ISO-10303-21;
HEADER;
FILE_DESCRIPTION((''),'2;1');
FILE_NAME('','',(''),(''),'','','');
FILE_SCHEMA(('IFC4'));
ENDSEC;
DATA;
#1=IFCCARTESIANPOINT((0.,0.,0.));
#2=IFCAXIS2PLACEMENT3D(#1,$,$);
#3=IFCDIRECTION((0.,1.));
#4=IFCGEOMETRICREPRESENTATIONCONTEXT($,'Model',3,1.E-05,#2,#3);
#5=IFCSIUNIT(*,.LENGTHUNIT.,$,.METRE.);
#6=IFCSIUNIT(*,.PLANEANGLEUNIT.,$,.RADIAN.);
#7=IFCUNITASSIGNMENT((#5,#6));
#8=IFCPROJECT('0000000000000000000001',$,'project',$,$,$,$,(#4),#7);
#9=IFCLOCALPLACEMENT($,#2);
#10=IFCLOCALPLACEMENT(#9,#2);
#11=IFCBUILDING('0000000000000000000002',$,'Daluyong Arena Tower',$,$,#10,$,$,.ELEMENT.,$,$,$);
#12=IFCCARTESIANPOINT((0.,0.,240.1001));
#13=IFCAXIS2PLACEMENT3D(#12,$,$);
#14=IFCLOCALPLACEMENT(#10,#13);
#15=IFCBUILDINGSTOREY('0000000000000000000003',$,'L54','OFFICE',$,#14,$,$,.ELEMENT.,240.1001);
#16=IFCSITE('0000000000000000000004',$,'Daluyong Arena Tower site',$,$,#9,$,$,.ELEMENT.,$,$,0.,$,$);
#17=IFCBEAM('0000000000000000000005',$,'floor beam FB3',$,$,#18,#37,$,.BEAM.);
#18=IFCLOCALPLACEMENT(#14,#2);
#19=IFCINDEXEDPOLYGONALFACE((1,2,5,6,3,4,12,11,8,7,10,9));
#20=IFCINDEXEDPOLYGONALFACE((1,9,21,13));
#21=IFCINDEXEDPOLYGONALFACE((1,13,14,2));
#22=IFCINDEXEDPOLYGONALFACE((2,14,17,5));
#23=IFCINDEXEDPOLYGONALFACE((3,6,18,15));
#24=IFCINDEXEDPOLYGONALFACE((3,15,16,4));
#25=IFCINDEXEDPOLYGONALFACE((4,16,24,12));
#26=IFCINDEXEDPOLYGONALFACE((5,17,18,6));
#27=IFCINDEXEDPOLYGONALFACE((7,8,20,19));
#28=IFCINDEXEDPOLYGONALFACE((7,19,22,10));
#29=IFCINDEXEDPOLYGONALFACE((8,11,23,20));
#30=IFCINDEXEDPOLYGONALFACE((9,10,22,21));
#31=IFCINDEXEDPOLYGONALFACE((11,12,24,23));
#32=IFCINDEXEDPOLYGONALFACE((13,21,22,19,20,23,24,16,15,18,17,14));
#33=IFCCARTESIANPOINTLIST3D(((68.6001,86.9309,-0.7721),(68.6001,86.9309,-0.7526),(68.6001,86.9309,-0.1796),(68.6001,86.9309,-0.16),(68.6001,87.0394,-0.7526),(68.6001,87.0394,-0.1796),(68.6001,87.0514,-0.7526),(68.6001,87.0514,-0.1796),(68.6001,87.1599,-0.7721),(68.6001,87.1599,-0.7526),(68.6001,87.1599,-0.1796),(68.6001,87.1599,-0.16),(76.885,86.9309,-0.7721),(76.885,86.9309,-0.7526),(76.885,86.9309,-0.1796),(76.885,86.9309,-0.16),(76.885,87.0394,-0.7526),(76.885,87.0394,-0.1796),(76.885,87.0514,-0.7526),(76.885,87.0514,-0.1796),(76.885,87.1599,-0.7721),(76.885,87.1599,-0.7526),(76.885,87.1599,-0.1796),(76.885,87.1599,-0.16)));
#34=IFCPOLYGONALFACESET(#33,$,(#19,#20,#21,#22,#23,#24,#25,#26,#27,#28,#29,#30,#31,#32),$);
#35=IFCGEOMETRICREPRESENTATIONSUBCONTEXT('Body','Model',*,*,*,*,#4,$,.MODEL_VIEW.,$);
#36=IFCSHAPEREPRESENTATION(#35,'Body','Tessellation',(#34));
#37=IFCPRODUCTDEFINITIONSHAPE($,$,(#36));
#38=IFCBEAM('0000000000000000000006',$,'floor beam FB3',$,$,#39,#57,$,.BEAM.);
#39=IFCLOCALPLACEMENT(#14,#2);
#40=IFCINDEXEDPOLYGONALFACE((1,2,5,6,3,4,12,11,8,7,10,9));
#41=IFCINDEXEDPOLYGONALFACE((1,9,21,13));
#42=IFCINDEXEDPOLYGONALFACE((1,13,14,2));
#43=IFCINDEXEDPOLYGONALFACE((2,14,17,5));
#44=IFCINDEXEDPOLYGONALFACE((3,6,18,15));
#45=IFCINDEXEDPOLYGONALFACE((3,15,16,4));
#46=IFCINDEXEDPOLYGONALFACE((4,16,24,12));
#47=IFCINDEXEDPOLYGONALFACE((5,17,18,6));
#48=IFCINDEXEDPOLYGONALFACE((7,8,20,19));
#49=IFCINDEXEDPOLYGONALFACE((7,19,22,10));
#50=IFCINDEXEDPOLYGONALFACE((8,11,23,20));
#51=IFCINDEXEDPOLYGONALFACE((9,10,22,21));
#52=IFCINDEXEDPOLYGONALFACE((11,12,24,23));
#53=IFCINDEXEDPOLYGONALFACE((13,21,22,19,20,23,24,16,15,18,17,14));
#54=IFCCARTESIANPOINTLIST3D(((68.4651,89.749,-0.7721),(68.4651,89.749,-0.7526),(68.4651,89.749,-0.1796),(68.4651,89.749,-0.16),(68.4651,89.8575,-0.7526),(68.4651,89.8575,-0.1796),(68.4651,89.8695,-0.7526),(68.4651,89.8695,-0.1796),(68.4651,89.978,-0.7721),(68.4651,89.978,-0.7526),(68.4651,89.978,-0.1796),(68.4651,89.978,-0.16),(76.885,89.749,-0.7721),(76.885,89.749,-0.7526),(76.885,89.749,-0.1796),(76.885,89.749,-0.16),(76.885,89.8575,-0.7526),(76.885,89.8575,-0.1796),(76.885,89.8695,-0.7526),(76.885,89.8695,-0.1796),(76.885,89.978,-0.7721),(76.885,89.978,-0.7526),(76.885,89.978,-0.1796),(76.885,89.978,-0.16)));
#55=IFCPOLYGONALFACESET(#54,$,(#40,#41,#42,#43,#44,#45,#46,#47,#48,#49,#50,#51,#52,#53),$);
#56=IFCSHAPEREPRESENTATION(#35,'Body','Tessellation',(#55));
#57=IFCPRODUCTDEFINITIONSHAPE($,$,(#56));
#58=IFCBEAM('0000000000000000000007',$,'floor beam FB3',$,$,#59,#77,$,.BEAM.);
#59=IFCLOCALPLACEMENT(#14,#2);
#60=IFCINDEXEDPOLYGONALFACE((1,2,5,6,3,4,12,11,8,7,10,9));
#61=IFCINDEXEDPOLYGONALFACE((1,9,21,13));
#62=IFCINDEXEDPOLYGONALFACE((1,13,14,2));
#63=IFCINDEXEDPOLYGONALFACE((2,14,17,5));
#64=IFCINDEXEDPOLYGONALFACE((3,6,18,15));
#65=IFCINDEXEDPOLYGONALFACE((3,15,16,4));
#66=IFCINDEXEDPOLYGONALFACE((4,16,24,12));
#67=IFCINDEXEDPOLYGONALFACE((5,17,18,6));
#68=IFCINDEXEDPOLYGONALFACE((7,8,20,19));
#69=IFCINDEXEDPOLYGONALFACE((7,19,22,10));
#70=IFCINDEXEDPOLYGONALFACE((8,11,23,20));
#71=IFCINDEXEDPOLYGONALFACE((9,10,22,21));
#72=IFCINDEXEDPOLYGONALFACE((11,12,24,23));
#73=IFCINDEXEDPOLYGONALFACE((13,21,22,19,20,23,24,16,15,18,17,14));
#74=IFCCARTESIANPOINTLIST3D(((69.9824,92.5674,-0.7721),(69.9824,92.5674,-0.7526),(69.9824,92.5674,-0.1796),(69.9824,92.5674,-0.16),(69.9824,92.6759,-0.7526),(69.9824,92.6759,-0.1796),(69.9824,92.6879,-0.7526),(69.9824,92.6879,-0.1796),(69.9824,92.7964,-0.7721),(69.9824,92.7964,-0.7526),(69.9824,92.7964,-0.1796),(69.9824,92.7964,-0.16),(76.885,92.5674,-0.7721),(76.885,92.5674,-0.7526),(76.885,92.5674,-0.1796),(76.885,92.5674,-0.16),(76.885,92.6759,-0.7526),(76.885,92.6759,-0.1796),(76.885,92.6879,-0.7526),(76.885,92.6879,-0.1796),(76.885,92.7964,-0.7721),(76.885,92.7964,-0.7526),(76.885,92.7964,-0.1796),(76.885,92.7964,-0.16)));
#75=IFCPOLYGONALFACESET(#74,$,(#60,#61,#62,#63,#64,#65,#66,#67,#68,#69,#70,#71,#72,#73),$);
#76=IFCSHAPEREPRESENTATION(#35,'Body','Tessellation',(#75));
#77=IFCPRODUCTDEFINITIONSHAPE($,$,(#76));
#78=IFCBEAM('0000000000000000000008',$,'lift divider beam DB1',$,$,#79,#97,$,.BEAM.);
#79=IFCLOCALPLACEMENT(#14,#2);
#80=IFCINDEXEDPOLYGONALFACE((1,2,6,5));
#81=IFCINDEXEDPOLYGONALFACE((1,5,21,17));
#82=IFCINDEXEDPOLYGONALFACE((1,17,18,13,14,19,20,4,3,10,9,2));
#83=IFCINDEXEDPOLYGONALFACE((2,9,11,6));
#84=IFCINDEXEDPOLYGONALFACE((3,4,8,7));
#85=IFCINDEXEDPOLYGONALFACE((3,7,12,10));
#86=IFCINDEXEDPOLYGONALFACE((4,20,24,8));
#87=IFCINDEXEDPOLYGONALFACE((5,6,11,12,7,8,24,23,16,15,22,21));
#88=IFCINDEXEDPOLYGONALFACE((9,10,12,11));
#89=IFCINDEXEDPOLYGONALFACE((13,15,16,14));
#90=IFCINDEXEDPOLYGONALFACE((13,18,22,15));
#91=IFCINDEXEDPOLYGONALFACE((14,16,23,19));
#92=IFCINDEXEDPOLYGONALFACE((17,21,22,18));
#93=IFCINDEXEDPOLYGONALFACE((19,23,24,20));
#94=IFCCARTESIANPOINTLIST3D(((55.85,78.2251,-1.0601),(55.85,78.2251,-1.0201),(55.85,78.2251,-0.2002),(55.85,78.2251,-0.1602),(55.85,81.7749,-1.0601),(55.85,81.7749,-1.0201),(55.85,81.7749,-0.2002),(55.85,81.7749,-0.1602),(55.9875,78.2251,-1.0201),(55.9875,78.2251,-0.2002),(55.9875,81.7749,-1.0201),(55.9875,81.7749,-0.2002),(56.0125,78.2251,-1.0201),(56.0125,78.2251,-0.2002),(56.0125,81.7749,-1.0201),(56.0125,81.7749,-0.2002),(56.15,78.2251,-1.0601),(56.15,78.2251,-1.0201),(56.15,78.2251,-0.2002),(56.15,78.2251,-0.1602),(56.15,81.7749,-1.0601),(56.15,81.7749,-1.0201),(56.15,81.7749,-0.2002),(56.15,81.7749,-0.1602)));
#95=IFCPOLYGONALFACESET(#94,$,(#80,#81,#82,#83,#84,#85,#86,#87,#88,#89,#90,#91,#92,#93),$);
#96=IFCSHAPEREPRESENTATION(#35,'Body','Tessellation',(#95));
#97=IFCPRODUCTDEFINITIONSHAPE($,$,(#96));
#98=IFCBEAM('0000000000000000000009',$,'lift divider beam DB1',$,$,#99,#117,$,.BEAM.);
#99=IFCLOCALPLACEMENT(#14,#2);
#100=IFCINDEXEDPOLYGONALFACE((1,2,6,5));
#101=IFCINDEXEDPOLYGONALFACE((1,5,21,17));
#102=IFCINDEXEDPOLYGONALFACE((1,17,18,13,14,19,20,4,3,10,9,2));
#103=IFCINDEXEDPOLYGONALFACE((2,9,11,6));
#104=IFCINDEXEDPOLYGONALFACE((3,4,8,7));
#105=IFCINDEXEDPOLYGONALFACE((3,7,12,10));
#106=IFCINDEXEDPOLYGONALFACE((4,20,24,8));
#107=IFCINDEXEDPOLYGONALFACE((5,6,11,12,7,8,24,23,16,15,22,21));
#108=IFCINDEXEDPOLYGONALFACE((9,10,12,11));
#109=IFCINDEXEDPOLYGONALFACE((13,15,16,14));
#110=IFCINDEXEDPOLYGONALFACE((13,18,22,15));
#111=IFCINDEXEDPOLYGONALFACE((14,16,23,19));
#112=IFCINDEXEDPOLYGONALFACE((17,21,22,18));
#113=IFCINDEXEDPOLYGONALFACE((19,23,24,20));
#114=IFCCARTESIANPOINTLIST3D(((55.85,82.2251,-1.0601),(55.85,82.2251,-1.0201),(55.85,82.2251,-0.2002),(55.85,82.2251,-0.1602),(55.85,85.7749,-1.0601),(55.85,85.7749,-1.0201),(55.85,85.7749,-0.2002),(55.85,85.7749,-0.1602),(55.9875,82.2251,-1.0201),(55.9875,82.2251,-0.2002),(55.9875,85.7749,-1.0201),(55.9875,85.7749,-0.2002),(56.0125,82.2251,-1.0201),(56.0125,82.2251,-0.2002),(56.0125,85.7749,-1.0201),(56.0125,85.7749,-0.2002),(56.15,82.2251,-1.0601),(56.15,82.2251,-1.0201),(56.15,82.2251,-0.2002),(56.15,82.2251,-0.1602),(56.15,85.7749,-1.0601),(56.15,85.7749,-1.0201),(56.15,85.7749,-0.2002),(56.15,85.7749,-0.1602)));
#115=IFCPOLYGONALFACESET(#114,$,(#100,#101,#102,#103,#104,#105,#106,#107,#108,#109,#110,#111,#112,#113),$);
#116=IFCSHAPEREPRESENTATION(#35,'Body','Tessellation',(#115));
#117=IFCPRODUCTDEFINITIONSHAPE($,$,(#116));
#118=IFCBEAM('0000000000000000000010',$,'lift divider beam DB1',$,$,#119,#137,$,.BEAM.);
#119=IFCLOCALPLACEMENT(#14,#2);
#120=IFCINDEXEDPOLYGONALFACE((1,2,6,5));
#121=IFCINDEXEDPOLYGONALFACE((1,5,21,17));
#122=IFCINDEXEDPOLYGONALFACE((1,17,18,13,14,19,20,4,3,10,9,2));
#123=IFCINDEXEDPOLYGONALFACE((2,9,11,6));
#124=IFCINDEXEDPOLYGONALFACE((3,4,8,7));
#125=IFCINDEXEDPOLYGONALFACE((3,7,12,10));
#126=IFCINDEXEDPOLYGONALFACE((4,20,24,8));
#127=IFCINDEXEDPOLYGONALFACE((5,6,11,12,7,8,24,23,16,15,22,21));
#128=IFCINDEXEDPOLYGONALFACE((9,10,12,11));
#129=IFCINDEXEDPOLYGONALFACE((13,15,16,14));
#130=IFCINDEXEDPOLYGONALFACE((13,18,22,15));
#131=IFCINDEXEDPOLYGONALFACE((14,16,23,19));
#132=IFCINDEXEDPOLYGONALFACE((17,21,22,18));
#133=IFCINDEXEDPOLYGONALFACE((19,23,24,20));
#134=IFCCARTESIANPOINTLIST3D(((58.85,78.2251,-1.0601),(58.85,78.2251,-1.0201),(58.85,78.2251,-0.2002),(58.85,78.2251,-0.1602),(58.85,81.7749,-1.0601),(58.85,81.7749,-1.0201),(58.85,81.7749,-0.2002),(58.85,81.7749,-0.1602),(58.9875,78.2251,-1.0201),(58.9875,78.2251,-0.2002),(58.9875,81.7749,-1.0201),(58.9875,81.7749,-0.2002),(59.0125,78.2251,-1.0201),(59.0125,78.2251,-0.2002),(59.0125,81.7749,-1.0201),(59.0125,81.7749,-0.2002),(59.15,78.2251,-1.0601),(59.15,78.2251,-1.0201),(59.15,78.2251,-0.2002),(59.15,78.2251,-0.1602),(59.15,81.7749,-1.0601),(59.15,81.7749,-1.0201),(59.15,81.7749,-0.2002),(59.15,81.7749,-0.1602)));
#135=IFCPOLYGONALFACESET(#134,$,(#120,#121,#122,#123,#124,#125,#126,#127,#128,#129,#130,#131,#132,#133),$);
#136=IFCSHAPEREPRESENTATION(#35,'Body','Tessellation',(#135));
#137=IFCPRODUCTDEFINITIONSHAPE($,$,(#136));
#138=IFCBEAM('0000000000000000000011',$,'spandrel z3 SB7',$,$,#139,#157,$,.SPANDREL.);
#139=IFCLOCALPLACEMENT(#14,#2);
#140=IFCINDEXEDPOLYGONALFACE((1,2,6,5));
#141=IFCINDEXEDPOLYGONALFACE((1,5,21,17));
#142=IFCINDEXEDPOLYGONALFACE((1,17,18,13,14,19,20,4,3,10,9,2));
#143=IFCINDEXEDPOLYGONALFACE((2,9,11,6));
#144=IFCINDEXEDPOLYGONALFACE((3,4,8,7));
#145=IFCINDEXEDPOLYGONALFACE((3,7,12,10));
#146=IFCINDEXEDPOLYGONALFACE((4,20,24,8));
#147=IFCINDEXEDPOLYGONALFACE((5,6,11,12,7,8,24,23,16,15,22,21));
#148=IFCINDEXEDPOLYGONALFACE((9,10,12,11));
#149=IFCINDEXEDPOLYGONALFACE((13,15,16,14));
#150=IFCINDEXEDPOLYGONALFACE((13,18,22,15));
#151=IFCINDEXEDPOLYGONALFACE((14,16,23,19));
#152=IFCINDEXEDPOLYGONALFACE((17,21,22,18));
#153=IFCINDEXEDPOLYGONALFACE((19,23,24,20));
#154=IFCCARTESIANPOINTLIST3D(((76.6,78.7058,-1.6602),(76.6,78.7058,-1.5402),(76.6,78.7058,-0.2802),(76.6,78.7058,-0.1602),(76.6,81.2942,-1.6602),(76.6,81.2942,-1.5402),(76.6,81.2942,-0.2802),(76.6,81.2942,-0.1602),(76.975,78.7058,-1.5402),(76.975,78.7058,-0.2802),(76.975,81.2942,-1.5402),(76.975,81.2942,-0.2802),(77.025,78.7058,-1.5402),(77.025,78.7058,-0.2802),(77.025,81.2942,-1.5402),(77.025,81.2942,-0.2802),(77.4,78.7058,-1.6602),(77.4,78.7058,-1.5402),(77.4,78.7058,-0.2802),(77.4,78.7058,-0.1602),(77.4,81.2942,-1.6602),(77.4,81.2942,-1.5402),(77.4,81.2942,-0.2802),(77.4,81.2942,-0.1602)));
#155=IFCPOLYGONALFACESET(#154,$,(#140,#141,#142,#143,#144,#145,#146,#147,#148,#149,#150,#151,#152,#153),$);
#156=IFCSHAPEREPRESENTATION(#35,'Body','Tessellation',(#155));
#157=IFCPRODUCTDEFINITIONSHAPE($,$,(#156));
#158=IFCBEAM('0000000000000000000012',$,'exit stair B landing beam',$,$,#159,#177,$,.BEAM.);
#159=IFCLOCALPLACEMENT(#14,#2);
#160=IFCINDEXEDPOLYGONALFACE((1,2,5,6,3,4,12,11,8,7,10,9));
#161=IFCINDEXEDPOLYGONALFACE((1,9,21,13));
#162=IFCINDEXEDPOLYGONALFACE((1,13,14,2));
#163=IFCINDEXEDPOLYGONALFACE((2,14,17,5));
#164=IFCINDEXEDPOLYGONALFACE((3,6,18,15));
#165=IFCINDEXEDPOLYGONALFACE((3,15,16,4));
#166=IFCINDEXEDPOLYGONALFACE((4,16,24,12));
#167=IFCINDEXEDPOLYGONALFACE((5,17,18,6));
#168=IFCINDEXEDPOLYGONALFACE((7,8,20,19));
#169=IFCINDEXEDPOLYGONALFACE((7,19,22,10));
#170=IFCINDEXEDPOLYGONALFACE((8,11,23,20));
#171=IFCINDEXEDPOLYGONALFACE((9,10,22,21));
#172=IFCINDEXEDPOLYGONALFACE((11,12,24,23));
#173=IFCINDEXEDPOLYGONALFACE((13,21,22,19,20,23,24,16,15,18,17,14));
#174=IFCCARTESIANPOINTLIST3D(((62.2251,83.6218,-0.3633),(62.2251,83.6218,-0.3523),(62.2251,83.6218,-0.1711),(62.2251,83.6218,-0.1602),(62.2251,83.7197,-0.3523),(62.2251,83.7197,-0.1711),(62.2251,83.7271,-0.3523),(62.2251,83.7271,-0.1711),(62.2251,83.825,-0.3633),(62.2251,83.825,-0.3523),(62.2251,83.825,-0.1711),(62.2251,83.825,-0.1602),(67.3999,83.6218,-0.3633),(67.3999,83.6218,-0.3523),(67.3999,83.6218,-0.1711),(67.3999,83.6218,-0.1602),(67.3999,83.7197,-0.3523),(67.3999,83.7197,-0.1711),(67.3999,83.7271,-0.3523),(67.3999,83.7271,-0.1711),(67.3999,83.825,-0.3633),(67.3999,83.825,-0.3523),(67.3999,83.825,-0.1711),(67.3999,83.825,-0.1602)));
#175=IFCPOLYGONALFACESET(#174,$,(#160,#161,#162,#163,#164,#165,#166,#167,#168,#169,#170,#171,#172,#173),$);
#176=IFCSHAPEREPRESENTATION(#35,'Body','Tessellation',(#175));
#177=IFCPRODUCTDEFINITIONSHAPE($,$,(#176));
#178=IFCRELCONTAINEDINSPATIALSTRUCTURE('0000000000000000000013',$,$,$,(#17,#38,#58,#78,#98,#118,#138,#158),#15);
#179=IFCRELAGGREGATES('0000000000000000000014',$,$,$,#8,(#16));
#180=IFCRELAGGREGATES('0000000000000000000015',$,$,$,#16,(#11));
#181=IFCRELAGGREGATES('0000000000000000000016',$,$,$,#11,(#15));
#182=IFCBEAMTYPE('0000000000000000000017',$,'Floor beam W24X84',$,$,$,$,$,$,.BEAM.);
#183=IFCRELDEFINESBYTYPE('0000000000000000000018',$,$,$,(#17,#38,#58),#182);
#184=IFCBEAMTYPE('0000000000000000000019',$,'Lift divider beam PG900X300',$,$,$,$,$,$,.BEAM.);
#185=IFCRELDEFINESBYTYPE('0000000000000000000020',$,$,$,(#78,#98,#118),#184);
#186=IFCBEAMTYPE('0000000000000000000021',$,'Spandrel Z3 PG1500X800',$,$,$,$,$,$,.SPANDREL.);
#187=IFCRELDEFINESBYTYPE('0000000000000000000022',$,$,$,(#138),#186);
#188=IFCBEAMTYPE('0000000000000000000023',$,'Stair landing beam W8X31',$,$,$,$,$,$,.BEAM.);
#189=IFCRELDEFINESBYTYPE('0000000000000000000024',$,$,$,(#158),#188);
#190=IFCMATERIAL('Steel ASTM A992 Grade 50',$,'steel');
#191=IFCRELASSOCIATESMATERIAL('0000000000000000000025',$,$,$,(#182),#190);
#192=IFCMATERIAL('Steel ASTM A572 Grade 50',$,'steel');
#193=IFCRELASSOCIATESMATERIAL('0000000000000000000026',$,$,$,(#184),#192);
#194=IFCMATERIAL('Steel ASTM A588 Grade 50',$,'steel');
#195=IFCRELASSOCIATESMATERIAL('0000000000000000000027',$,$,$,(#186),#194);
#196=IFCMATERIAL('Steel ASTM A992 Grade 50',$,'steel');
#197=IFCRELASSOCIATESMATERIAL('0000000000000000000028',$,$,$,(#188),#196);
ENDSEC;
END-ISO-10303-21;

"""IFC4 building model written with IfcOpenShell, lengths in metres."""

from ifc_helpers import new_model, si_unit, direction, frame, origin, origin_2d, place, context, subcontext, project, spatial, i_section, extrude, material, material_profile, profile_set, type_object, element, save


model = new_model("IFC4")

# Units and contexts
model_context = context("Model", 3, precision=1e-05, world=origin(), true_north=direction((0.0, 1.0)))
body_context = subcontext(model_context, "Body", "Model", "MODEL_VIEW")
ifc_project = project(units=[si_unit("LENGTHUNIT", "METRE"), si_unit("PLANEANGLEUNIT", "RADIAN")], contexts=[model_context])

# Site, building, storey
site_placement = place(None, origin())
site = spatial("IfcSite", under=ifc_project, at=site_placement, Name="Daluyong Arena Tower site", CompositionType="ELEMENT", RefElevation=0.0)
building_placement = place(site_placement, origin())
building = spatial("IfcBuilding", under=site, at=building_placement, Name="Daluyong Arena Tower", CompositionType="ELEMENT")
storey_placement = place(building_placement, frame((0.0, 0.0, 240.1001)))
storey = spatial("IfcBuildingStorey", under=building, at=storey_placement, Name="L54", Description="OFFICE", CompositionType="ELEMENT", Elevation=240.1001)

# Beams
ifc_material_1 = material(Name="Steel ASTM A992 Grade 50", Category="steel")
ifc_material_profile_1 = material_profile(ifc_material_1, i_section(OverallWidth=0.229, OverallDepth=0.6121, WebThickness=0.012, FlangeThickness=0.0195, at=origin_2d()))
ifc_profile_set_1 = profile_set([ifc_material_profile_1], Name="Steel ASTM A992 Grade 50")
beam_type_1 = type_object("IfcBeamType", Name="Floor beam W24X84", PredefinedType="BEAM", material=ifc_profile_set_1)
for number, where, z_axis, x_axis, name in (
    (1, (76.885, 87.0454, -0.4661), (-1.0, 0.0, 0.0), (0.0, -1.0, 0.0), "floor beam FB3"),
):
    element("IfcBeam", number, at=place(storey_placement, frame(where, z_axis=z_axis, x_axis=x_axis)), inside=storey, type_object=beam_type_1, Name=name, PredefinedType="BEAM", context=body_context, shape_type="SweptSolid", body=[
        extrude(i_section(OverallWidth=0.229, OverallDepth=0.6121, WebThickness=0.012, FlangeThickness=0.0195, at=origin_2d()), origin(), (0.0, 0.0, 1.0), 8.2849),
    ])
beam_1_placement = place(storey_placement, frame((76.885, 89.8635, -0.4661), z_axis=(-1.0, 0.0, 0.0), x_axis=(0.0, -1.0, 0.0)))
element("IfcBeam", 2, at=beam_1_placement, inside=storey, type_object=beam_type_1, Name="floor beam FB3", PredefinedType="BEAM", context=body_context, shape_type="SweptSolid", body=[
    extrude(i_section(OverallWidth=0.229, OverallDepth=0.6121, WebThickness=0.012, FlangeThickness=0.0195, at=origin_2d()), origin(), (0.0, 0.0, 1.0), 8.4199),
])
beam_2_placement = place(storey_placement, frame((76.885, 92.6819, -0.4661), z_axis=(-1.0, 0.0, 0.0), x_axis=(0.0, -1.0, 0.0)))
element("IfcBeam", 3, at=beam_2_placement, inside=storey, type_object=beam_type_1, Name="floor beam FB3", PredefinedType="BEAM", context=body_context, shape_type="SweptSolid", body=[
    extrude(i_section(OverallWidth=0.229, OverallDepth=0.6121, WebThickness=0.012, FlangeThickness=0.0195, at=origin_2d()), origin(), (0.0, 0.0, 1.0), 6.9026),
])
ifc_material_2 = material(Name="Steel ASTM A572 Grade 50", Category="steel")
ifc_material_profile_2 = material_profile(ifc_material_2, i_section(OverallWidth=0.3, OverallDepth=0.8999, WebThickness=0.025, FlangeThickness=0.04, at=origin_2d()))
ifc_profile_set_2 = profile_set([ifc_material_profile_2], Name="Steel ASTM A572 Grade 50")
beam_type_2 = type_object("IfcBeamType", Name="Lift divider beam PG900X300", PredefinedType="BEAM", material=ifc_profile_set_2)
for number, where, z_axis, x_axis, name in (
    (4, (56.0, 78.2251, -0.6101), (0.0, 1.0, 0.0), (-1.0, 0.0, 0.0), "lift divider beam DB1"),
    (5, (56.0, 82.2251, -0.6101), (0.0, 1.0, 0.0), (-1.0, 0.0, 0.0), "lift divider beam DB1"),
    (6, (59.0, 78.2251, -0.6101), (0.0, 1.0, 0.0), (-1.0, 0.0, 0.0), "lift divider beam DB1"),
):
    element("IfcBeam", number, at=place(storey_placement, frame(where, z_axis=z_axis, x_axis=x_axis)), inside=storey, type_object=beam_type_2, Name=name, PredefinedType="BEAM", context=body_context, shape_type="SweptSolid", body=[
        extrude(i_section(OverallWidth=0.3, OverallDepth=0.8999, WebThickness=0.025, FlangeThickness=0.04, at=origin_2d()), origin(), (0.0, 0.0, 1.0), 3.5498),
    ])
ifc_material_3 = material(Name="Steel ASTM A588 Grade 50", Category="steel")
ifc_material_profile_3 = material_profile(ifc_material_3, i_section(OverallWidth=0.8, OverallDepth=1.5, WebThickness=0.05, FlangeThickness=0.12, at=origin_2d()))
ifc_profile_set_3 = profile_set([ifc_material_profile_3], Name="Steel ASTM A588 Grade 50")
beam_type_3 = type_object("IfcBeamType", Name="Spandrel Z3 PG1500X800", PredefinedType="SPANDREL", material=ifc_profile_set_3)
beam_3_placement = place(storey_placement, frame((77.0, 78.7058, -0.9102), z_axis=(0.0, 1.0, 0.0), x_axis=(-1.0, 0.0, 0.0)))
element("IfcBeam", 7, at=beam_3_placement, inside=storey, type_object=beam_type_3, Name="spandrel z3 SB7", PredefinedType="SPANDREL", context=body_context, shape_type="SweptSolid", body=[
    extrude(i_section(OverallWidth=0.8, OverallDepth=1.5, WebThickness=0.05, FlangeThickness=0.12, at=origin_2d()), origin(), (0.0, 0.0, 1.0), 2.5884),
])
ifc_material_4 = material(Name="Steel ASTM A992 Grade 50", Category="steel")
ifc_material_profile_4 = material_profile(ifc_material_4, i_section(OverallWidth=0.2031, OverallDepth=0.2031, WebThickness=0.0073, FlangeThickness=0.011, at=origin_2d()))
ifc_profile_set_4 = profile_set([ifc_material_profile_4], Name="Steel ASTM A992 Grade 50")
beam_type_4 = type_object("IfcBeamType", Name="Stair landing beam W8X31", PredefinedType="BEAM", material=ifc_profile_set_4)
beam_4_placement = place(storey_placement, frame((62.2251, 83.7234, -0.2617), z_axis=(1.0, 0.0, 0.0), x_axis=(0.0, 1.0, 0.0)))
element("IfcBeam", 8, at=beam_4_placement, inside=storey, type_object=beam_type_4, Name="exit stair B landing beam", PredefinedType="BEAM", context=body_context, shape_type="SweptSolid", body=[
    extrude(i_section(OverallWidth=0.2031, OverallDepth=0.2031, WebThickness=0.0073, FlangeThickness=0.011, at=origin_2d()), origin(), (0.0, 0.0, 1.0), 5.1748),
])

save(model, "model.ifc")
